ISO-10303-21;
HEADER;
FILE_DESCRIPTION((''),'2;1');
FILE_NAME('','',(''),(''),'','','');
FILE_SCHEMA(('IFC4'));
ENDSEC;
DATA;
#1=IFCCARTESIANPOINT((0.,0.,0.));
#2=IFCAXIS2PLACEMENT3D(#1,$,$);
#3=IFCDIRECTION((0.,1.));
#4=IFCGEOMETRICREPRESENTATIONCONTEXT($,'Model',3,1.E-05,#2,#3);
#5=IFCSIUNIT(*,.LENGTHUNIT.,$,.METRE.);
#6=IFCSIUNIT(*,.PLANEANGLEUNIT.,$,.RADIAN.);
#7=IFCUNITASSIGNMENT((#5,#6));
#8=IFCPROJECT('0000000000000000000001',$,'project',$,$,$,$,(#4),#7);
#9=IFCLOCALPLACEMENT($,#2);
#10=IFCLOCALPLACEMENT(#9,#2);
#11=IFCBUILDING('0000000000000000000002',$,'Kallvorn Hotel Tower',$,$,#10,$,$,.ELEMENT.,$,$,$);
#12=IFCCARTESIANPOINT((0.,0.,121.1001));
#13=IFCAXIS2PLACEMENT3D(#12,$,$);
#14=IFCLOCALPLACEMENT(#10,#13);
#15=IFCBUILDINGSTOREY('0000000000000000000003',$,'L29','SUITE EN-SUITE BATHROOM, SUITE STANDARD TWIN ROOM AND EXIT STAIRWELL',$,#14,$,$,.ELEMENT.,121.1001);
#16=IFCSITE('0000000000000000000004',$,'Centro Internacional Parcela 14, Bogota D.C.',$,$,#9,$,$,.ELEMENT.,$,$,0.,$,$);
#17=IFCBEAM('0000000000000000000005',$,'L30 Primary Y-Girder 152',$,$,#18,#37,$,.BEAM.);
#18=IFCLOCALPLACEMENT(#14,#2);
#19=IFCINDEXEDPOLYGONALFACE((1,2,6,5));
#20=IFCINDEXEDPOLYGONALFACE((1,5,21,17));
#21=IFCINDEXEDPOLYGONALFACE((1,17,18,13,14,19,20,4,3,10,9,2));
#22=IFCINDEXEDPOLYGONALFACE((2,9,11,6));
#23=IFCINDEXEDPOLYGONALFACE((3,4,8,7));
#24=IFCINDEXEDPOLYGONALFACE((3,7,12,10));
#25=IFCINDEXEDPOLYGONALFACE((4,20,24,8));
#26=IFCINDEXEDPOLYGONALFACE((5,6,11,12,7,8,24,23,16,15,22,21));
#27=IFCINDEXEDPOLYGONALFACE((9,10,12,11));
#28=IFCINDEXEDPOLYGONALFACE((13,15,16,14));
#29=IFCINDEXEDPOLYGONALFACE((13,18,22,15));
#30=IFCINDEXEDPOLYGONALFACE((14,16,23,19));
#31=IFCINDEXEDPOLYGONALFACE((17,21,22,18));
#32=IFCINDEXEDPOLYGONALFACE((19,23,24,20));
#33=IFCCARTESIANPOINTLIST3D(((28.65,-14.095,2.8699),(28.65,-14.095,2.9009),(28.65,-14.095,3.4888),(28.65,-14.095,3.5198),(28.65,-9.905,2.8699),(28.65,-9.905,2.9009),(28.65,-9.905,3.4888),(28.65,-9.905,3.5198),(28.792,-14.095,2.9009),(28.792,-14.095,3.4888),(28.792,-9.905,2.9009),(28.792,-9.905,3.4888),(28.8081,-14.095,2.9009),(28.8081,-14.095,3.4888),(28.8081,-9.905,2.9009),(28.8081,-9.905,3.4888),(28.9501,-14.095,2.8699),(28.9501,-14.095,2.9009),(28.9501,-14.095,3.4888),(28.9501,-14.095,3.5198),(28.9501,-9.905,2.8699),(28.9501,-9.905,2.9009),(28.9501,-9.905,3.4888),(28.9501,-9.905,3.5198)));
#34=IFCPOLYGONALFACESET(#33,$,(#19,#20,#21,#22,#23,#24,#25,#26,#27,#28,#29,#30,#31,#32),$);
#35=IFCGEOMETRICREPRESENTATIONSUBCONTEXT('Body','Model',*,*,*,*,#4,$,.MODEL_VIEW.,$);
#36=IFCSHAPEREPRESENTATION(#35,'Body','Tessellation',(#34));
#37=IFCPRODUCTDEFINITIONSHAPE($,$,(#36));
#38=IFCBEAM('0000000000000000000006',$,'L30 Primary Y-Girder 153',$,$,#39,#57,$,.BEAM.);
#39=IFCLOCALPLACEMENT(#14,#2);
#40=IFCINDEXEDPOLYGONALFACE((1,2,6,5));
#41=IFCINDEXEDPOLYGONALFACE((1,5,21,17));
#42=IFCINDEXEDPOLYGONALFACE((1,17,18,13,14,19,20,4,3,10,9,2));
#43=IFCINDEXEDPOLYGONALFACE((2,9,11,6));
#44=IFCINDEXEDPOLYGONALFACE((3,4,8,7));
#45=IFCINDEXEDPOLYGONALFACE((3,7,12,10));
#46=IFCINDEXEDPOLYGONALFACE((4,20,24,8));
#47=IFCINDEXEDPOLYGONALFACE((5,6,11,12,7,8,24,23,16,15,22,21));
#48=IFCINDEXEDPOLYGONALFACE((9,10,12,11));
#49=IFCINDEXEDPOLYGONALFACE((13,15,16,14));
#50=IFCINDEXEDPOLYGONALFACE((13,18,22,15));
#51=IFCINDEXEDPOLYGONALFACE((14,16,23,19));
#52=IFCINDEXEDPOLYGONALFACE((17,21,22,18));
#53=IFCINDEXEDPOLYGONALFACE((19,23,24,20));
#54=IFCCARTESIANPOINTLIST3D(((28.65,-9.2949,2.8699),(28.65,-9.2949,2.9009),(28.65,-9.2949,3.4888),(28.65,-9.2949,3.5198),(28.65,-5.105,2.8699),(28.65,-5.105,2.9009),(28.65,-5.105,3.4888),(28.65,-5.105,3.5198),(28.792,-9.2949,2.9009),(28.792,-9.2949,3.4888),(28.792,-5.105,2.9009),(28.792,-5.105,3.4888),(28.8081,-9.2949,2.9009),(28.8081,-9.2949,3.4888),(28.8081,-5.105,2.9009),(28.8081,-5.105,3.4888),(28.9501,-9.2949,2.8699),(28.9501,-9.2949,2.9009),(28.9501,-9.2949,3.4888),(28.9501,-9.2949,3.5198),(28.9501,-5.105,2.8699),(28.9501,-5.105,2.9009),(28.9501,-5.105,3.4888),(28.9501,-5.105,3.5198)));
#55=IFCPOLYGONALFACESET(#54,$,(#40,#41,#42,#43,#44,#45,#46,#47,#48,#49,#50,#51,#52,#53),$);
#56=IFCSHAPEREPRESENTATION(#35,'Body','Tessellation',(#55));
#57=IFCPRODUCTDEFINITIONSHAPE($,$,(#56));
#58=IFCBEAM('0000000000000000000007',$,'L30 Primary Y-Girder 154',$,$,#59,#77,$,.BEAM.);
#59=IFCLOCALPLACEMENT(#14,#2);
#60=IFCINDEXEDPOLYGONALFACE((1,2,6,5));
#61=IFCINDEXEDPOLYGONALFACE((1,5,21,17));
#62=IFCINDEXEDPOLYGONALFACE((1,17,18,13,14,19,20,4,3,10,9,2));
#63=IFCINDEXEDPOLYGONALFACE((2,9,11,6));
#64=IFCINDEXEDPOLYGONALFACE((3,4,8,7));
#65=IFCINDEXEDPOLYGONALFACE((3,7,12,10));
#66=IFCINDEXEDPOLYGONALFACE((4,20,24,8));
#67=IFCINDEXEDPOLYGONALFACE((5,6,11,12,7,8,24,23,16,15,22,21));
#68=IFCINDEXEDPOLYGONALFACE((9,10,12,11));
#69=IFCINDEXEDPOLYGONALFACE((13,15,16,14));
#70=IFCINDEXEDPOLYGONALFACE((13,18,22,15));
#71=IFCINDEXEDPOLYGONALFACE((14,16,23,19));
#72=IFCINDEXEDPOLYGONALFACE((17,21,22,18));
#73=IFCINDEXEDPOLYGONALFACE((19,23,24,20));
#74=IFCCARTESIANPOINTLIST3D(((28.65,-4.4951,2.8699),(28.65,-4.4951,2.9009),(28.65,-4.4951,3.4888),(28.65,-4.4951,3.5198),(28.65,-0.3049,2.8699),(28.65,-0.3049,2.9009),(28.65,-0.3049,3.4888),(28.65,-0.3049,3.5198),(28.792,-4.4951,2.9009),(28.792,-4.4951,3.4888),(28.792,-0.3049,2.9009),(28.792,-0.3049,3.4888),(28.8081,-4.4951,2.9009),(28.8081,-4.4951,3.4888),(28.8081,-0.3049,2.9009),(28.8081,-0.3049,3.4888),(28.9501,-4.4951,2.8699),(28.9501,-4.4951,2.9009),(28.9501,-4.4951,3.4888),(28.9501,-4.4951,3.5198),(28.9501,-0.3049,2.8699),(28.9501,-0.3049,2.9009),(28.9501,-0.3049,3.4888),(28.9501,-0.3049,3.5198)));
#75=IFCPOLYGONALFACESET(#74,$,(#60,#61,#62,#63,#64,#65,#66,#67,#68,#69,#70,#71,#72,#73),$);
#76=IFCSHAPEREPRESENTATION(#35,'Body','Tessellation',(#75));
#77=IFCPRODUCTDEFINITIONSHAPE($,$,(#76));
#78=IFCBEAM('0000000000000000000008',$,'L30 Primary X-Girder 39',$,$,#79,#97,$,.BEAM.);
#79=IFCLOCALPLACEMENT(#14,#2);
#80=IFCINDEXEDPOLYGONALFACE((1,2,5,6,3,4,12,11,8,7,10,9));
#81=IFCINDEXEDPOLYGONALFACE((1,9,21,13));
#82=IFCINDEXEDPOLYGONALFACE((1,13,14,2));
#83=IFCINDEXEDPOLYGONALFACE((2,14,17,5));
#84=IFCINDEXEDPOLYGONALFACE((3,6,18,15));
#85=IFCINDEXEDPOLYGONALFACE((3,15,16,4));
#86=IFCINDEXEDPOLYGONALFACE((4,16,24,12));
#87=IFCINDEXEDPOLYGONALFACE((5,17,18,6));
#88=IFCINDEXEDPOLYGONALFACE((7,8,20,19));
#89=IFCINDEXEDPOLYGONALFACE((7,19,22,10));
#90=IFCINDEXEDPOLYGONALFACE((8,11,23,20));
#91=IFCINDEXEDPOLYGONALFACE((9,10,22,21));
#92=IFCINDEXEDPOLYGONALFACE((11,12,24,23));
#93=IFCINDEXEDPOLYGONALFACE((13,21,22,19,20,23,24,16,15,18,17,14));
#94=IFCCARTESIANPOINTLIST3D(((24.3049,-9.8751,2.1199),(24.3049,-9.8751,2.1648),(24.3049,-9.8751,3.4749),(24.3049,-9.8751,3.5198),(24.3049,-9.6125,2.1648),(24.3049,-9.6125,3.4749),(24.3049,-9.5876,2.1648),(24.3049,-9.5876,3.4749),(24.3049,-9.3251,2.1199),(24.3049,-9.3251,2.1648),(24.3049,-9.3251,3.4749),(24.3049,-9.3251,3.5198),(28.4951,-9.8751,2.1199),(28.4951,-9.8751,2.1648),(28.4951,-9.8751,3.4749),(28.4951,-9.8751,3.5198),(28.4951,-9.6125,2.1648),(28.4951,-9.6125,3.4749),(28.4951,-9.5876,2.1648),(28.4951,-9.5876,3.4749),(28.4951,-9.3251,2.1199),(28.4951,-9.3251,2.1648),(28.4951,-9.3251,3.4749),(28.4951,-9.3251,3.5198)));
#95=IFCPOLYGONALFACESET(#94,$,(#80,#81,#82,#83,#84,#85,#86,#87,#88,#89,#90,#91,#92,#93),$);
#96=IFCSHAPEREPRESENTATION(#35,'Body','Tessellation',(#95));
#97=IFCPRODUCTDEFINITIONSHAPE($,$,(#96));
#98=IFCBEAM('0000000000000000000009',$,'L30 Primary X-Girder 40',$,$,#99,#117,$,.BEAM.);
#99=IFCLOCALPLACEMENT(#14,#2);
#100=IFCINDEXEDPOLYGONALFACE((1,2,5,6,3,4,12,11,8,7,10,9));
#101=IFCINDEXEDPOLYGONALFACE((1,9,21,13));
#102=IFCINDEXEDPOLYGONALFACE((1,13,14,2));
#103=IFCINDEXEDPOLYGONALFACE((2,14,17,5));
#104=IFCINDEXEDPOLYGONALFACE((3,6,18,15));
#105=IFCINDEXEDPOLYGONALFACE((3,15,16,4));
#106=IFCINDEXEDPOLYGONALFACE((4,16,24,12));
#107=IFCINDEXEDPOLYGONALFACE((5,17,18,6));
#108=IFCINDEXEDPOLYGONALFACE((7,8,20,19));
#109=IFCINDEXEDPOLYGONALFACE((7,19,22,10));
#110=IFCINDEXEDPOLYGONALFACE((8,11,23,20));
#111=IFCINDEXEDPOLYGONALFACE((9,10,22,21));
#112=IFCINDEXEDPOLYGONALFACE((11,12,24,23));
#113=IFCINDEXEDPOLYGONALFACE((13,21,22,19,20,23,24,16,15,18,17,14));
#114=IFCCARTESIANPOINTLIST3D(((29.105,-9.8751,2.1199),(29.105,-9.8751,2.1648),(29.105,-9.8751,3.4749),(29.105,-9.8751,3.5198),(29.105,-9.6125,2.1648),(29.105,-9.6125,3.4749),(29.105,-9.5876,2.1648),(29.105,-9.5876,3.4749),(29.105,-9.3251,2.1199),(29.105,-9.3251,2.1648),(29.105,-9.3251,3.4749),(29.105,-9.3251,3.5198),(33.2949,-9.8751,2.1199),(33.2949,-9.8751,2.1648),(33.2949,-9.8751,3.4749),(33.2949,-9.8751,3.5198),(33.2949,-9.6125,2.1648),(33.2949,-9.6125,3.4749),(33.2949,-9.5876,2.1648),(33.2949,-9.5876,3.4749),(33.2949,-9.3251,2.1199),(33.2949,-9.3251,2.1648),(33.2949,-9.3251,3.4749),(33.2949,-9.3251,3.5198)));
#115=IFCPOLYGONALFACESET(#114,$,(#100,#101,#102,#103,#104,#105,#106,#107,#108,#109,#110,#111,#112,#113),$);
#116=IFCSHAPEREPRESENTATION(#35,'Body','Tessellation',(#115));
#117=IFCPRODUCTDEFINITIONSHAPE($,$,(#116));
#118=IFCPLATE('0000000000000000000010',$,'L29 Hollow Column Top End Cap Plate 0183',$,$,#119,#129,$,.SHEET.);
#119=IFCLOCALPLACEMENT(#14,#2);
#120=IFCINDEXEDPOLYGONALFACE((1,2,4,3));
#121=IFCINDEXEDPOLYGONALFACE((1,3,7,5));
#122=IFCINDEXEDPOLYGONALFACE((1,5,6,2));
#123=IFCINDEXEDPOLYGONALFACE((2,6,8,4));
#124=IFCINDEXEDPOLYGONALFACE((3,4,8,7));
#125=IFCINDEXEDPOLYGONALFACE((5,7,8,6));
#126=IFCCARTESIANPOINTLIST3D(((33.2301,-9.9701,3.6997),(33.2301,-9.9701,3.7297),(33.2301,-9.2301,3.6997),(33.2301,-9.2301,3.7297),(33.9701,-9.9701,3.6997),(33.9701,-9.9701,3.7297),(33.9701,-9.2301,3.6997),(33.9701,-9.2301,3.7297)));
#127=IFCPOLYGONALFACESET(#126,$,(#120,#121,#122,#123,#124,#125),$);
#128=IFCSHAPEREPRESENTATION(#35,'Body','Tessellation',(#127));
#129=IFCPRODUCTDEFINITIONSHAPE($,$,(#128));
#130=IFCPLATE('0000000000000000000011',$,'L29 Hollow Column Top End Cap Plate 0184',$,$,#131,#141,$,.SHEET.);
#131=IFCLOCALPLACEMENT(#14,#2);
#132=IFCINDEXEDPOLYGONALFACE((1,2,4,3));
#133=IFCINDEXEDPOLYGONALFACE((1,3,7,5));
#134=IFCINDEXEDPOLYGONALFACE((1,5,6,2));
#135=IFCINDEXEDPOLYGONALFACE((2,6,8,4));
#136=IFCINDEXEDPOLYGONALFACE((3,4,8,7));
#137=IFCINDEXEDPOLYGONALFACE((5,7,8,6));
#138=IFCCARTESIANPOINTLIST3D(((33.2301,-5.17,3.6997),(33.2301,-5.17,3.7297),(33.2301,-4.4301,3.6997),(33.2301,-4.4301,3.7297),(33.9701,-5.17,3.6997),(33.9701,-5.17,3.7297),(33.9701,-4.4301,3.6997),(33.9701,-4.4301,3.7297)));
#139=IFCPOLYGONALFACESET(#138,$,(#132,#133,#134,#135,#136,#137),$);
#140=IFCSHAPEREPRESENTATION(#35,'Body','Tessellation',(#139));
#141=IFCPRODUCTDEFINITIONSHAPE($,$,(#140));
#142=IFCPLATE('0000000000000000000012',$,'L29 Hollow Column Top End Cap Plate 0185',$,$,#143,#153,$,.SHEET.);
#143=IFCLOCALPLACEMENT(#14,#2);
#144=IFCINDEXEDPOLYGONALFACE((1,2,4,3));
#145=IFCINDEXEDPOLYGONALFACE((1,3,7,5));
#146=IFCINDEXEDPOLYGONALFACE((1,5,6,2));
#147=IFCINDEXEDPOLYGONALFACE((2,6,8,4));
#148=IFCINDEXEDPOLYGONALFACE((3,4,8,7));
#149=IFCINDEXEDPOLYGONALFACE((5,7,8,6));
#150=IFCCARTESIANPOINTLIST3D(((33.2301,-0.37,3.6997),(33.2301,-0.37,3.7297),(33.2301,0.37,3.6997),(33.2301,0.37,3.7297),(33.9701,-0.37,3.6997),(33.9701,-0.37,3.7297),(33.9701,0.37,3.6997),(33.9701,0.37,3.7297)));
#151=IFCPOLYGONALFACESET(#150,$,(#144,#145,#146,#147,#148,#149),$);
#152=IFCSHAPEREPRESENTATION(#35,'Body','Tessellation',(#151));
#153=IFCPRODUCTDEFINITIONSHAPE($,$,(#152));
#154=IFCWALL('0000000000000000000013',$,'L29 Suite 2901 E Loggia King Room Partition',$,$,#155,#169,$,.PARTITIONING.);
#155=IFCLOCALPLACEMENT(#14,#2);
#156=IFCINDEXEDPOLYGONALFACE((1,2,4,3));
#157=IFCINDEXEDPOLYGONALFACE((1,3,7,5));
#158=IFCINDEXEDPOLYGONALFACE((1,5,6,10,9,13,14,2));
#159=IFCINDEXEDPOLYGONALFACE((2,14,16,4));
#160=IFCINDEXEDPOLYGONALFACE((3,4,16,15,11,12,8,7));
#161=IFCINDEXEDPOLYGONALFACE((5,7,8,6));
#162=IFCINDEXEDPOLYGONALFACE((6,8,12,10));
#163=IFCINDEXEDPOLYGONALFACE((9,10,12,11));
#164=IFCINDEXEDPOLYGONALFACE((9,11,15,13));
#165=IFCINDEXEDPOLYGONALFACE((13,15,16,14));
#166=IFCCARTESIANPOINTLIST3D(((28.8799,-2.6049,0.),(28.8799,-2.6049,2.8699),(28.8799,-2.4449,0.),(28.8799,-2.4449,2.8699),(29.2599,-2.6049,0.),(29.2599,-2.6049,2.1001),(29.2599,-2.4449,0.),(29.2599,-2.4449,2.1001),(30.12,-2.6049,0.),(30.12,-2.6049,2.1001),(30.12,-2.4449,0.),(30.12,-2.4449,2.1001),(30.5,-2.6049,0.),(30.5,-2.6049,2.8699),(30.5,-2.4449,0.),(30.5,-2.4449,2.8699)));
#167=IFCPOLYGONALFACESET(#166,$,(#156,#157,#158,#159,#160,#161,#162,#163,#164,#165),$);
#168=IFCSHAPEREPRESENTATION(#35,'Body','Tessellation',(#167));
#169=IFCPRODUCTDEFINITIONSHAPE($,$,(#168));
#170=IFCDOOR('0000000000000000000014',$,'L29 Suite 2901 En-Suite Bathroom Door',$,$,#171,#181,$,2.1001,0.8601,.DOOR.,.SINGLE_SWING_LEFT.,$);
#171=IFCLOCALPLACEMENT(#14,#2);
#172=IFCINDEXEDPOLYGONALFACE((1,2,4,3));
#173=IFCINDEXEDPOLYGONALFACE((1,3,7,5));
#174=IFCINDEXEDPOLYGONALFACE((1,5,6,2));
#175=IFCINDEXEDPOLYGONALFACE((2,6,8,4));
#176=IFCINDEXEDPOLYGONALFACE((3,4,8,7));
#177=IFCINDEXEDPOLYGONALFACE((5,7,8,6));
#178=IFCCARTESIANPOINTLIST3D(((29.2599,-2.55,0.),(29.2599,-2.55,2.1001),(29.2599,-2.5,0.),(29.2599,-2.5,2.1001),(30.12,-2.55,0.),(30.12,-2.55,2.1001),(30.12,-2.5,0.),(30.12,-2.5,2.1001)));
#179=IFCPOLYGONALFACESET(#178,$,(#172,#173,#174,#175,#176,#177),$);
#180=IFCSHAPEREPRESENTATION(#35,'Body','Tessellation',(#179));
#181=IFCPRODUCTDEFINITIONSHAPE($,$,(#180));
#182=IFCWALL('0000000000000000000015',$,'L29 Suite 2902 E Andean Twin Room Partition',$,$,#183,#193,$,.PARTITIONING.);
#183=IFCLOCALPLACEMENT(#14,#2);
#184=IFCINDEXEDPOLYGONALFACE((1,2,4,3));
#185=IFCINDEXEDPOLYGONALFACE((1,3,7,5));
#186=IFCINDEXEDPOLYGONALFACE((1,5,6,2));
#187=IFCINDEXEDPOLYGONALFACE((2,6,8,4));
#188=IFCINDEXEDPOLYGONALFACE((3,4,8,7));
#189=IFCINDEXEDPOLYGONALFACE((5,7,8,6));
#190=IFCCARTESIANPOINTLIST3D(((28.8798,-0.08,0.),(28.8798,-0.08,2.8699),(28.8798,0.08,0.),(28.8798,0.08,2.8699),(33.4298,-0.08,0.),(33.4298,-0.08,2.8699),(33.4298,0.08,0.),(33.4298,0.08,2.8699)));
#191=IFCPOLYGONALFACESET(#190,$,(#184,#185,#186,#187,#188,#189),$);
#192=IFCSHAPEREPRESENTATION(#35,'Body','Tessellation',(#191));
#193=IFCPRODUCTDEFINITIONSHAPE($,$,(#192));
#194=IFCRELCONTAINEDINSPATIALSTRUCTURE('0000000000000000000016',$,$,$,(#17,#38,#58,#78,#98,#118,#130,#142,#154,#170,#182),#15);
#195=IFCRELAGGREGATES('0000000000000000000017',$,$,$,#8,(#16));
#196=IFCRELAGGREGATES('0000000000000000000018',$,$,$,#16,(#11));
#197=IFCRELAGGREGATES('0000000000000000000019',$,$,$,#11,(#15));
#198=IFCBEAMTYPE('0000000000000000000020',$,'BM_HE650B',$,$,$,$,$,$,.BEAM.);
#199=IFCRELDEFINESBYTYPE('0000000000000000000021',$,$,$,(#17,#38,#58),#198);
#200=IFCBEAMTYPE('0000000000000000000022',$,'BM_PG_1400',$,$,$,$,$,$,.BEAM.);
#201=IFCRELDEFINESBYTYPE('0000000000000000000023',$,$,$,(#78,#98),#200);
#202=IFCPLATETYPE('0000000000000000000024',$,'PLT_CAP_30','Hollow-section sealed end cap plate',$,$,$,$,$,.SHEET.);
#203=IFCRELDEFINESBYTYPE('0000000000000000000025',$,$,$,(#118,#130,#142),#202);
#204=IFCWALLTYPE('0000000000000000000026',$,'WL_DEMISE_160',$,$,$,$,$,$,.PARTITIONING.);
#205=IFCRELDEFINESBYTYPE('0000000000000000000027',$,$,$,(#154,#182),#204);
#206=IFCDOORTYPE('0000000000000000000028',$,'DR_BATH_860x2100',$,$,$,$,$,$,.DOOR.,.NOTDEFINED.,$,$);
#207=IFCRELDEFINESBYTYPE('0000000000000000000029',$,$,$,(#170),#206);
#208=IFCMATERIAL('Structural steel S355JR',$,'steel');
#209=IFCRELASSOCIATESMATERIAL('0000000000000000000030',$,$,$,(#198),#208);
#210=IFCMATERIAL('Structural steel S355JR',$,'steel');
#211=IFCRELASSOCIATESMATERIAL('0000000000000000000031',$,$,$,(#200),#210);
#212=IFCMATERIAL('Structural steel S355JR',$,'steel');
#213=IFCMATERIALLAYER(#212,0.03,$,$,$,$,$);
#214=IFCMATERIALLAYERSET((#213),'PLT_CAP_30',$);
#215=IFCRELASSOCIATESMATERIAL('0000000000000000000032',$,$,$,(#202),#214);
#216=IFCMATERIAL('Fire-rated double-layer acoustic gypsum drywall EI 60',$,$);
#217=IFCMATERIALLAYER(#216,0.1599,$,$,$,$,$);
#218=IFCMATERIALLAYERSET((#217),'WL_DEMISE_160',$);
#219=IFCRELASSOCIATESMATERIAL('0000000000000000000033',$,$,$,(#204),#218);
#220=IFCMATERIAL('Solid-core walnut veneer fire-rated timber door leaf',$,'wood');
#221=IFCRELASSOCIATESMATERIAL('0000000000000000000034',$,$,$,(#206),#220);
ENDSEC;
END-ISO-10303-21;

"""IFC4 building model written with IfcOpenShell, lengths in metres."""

from ifc_helpers import new_model, si_unit, direction, frame, frame_2d, origin, origin_2d, place, context, subcontext, project, spatial, rectangle, i_section, extrude, material, layer, layer_set, material_profile, profile_set, type_object, element, fill, save


model = new_model("IFC4")

# Units and contexts
model_context = context("Model", 3, precision=1e-05, world=origin(), true_north=direction((0.0, 1.0)))
body_context = subcontext(model_context, "Body", "Model", "MODEL_VIEW")
ifc_project = project(units=[si_unit("LENGTHUNIT", "METRE"), si_unit("PLANEANGLEUNIT", "RADIAN")], contexts=[model_context])

# Site, building, storey
site_placement = place(None, origin())
site = spatial("IfcSite", under=ifc_project, at=site_placement, Name="Centro Internacional Parcela 14, Bogota D.C.", CompositionType="ELEMENT", RefElevation=0.0)
building_placement = place(site_placement, origin())
building = spatial("IfcBuilding", under=site, at=building_placement, Name="Kallvorn Hotel Tower", CompositionType="ELEMENT")
storey_placement = place(building_placement, frame((0.0, 0.0, 121.1001)))
storey = spatial("IfcBuildingStorey", under=building, at=storey_placement, Name="L29", Description="SUITE EN-SUITE BATHROOM, SUITE STANDARD TWIN ROOM AND EXIT STAIRWELL", CompositionType="ELEMENT", Elevation=121.1001)

# Beams
ifc_material_1 = material(Name="Structural steel S355JR", Category="steel")
ifc_material_profile_1 = material_profile(ifc_material_1, i_section(OverallWidth=0.3, OverallDepth=0.6499, WebThickness=0.0161, FlangeThickness=0.031, at=origin_2d()), Name="HE 650 B")
ifc_profile_set_1 = profile_set([ifc_material_profile_1], Name="Structural steel S355JR")
beam_type_1 = type_object("IfcBeamType", Name="BM_HE650B", PredefinedType="BEAM", material=ifc_profile_set_1)
for number, where, z_axis, x_axis, name in (
    (1, (28.8, -14.095, 3.1948), (0.0, 1.0, 0.0), (-1.0, 0.0, 0.0), "L30 Primary Y-Girder 152"),
    (2, (28.8, -9.2949, 3.1948), (0.0, 1.0, 0.0), (-1.0, 0.0, 0.0), "L30 Primary Y-Girder 153"),
):
    element("IfcBeam", number, at=place(storey_placement, frame(where, z_axis=z_axis, x_axis=x_axis)), inside=storey, type_object=beam_type_1, Name=name, PredefinedType="BEAM", context=body_context, shape_type="SweptSolid", body=[
        extrude(i_section(OverallWidth=0.3, OverallDepth=0.6499, WebThickness=0.0161, FlangeThickness=0.031, at=origin_2d()), origin(), (0.0, 0.0, 1.0), 4.1899),
    ])
beam_1_placement = place(storey_placement, frame((28.8, -4.4951, 3.1948), z_axis=(0.0, 1.0, 0.0), x_axis=(-1.0, 0.0, 0.0)))
element("IfcBeam", 3, at=beam_1_placement, inside=storey, type_object=beam_type_1, Name="L30 Primary Y-Girder 154", PredefinedType="BEAM", context=body_context, shape_type="SweptSolid", body=[
    extrude(i_section(OverallWidth=0.3, OverallDepth=0.6499, WebThickness=0.0161, FlangeThickness=0.031, at=origin_2d()), origin(), (0.0, 0.0, 1.0), 4.1902),
])
ifc_material_2 = material(Name="Structural steel S355JR", Category="steel")
ifc_material_profile_2 = material_profile(ifc_material_2, i_section(OverallWidth=0.55, OverallDepth=1.3999, WebThickness=0.0249, FlangeThickness=0.0449, at=origin_2d()), Name="PG 1400x550x25x45")
ifc_profile_set_2 = profile_set([ifc_material_profile_2], Name="Structural steel S355JR")
beam_type_2 = type_object("IfcBeamType", Name="BM_PG_1400", PredefinedType="BEAM", material=ifc_profile_set_2)
beam_2_placement = place(storey_placement, frame((24.3049, -9.6001, 2.8198), z_axis=(1.0, 0.0, 0.0), x_axis=(0.0, 1.0, 0.0)))
element("IfcBeam", 4, at=beam_2_placement, inside=storey, type_object=beam_type_2, Name="L30 Primary X-Girder 39", PredefinedType="BEAM", context=body_context, shape_type="SweptSolid", body=[
    extrude(i_section(OverallWidth=0.55, OverallDepth=1.3999, WebThickness=0.0249, FlangeThickness=0.0449, at=origin_2d()), origin(), (0.0, 0.0, 1.0), 4.1902),
])
beam_3_placement = place(storey_placement, frame((29.105, -9.6001, 2.8198), z_axis=(1.0, 0.0, 0.0), x_axis=(0.0, 1.0, 0.0)))
element("IfcBeam", 5, at=beam_3_placement, inside=storey, type_object=beam_type_2, Name="L30 Primary X-Girder 40", PredefinedType="BEAM", context=body_context, shape_type="SweptSolid", body=[
    extrude(i_section(OverallWidth=0.55, OverallDepth=1.3999, WebThickness=0.0249, FlangeThickness=0.0449, at=origin_2d()), origin(), (0.0, 0.0, 1.0), 4.1899),
])

# Plates
ifc_material_3 = material(Name="Structural steel S355JR", Category="steel")
ifc_layer_1 = layer(ifc_material_3, 0.03)
ifc_layer_set_1 = layer_set([ifc_layer_1], Name="PLT_CAP_30")
plate_type = type_object("IfcPlateType", Name="PLT_CAP_30", Description="Hollow-section sealed end cap plate", PredefinedType="SHEET", material=ifc_layer_set_1)
for number, where, z_axis, x_axis, name in (
    (6, (33.6001, -9.6001, 3.6997), (0.0, 0.0, 1.0), (1.0, 0.0, 0.0), "L29 Hollow Column Top End Cap Plate 0183"),
    (7, (33.6001, -4.8, 3.6997), (0.0, 0.0, 1.0), (1.0, 0.0, 0.0), "L29 Hollow Column Top End Cap Plate 0184"),
    (8, (33.6001, 0.0, 3.6997), (0.0, 0.0, 1.0), (1.0, 0.0, 0.0), "L29 Hollow Column Top End Cap Plate 0185"),
):
    element("IfcPlate", number, at=place(storey_placement, frame(where, z_axis=z_axis, x_axis=x_axis)), inside=storey, type_object=plate_type, Name=name, PredefinedType="SHEET", context=body_context, shape_type="SweptSolid", body=[
        extrude(rectangle(XDim=0.74, YDim=0.74, at=origin_2d()), origin(), (0.0, 0.0, 1.0), 0.03),
    ])

# Wall, opening, door
ifc_material_4 = material(Name="Fire-rated double-layer acoustic gypsum drywall EI 60")
ifc_layer_2 = layer(ifc_material_4, 0.1599)
ifc_layer_set_2 = layer_set([ifc_layer_2], Name="WL_DEMISE_160")
wall_type = type_object("IfcWallType", Name="WL_DEMISE_160", PredefinedType="PARTITIONING", material=ifc_layer_set_2)
wall_1_placement = place(storey_placement, frame((28.8799, -2.5249, 0.0), z_axis=(0.0, 0.0, 1.0), x_axis=(1.0, 0.0, 0.0)))
wall_1 = element("IfcWall", 9, at=wall_1_placement, inside=storey, type_object=wall_type, Name="L29 Suite 2901 E Loggia King Room Partition", PredefinedType="PARTITIONING", context=body_context, shape_type="SweptSolid", body=[
    extrude(rectangle(XDim=1.6201, YDim=0.1599, at=frame_2d((0.8101, 0.0))), origin(), (0.0, 0.0, 1.0), 2.8699),
])
opening_1_placement = place(wall_1_placement, frame((0.3799, 0.0, 0.0)))
opening_1 = element("IfcOpeningElement", 10, at=opening_1_placement, cuts=wall_1, PredefinedType="OPENING", context=body_context, shape_type="SweptSolid", body=[
    extrude(rectangle(XDim=0.8601, YDim=2.1001, at=frame_2d((0.4302, 1.05))), frame((0.0, 0.095, 0.0), z_axis=(0.0, -1.0, 0.0), x_axis=(1.0, 0.0, 0.0)), (0.0, 0.0, 1.0), 0.1899),
])
ifc_material_5 = material(Name="Solid-core walnut veneer fire-rated timber door leaf", Category="wood")
door_type_1 = type_object("IfcDoorType", Name="DR_BATH_860x2100", OperationType="NOTDEFINED", PredefinedType="DOOR", material=ifc_material_5)
door_1_placement = place(opening_1_placement, origin())
door_1 = element("IfcDoor", 11, at=door_1_placement, inside=storey, type_object=door_type_1, Name="L29 Suite 2901 En-Suite Bathroom Door", OperationType="SINGLE_SWING_LEFT", OverallHeight=2.1001, OverallWidth=0.8601, PredefinedType="DOOR", context=body_context, shape_type="SweptSolid", body=[
    extrude(rectangle(XDim=0.8601, YDim=2.1001, at=frame_2d((0.4302, 1.05))), frame((0.0, 0.0249, 0.0), z_axis=(0.0, -1.0, 0.0), x_axis=(1.0, 0.0, 0.0)), (0.0, 0.0, 1.0), 0.05),
])
fill(opening_1, door_1)

# Wall
wall_2_placement = place(storey_placement, frame((28.8799, 0.0, 0.0), z_axis=(0.0, 0.0, 1.0), x_axis=(1.0, 0.0, 0.0)))
element("IfcWall", 12, at=wall_2_placement, inside=storey, type_object=wall_type, Name="L29 Suite 2902 E Andean Twin Room Partition", PredefinedType="PARTITIONING", context=body_context, shape_type="SweptSolid", body=[
    extrude(rectangle(XDim=4.55, YDim=0.1599, at=frame_2d((2.2749, 0.0))), origin(), (0.0, 0.0, 1.0), 2.8699),
])

save(model, "model.ifc")
